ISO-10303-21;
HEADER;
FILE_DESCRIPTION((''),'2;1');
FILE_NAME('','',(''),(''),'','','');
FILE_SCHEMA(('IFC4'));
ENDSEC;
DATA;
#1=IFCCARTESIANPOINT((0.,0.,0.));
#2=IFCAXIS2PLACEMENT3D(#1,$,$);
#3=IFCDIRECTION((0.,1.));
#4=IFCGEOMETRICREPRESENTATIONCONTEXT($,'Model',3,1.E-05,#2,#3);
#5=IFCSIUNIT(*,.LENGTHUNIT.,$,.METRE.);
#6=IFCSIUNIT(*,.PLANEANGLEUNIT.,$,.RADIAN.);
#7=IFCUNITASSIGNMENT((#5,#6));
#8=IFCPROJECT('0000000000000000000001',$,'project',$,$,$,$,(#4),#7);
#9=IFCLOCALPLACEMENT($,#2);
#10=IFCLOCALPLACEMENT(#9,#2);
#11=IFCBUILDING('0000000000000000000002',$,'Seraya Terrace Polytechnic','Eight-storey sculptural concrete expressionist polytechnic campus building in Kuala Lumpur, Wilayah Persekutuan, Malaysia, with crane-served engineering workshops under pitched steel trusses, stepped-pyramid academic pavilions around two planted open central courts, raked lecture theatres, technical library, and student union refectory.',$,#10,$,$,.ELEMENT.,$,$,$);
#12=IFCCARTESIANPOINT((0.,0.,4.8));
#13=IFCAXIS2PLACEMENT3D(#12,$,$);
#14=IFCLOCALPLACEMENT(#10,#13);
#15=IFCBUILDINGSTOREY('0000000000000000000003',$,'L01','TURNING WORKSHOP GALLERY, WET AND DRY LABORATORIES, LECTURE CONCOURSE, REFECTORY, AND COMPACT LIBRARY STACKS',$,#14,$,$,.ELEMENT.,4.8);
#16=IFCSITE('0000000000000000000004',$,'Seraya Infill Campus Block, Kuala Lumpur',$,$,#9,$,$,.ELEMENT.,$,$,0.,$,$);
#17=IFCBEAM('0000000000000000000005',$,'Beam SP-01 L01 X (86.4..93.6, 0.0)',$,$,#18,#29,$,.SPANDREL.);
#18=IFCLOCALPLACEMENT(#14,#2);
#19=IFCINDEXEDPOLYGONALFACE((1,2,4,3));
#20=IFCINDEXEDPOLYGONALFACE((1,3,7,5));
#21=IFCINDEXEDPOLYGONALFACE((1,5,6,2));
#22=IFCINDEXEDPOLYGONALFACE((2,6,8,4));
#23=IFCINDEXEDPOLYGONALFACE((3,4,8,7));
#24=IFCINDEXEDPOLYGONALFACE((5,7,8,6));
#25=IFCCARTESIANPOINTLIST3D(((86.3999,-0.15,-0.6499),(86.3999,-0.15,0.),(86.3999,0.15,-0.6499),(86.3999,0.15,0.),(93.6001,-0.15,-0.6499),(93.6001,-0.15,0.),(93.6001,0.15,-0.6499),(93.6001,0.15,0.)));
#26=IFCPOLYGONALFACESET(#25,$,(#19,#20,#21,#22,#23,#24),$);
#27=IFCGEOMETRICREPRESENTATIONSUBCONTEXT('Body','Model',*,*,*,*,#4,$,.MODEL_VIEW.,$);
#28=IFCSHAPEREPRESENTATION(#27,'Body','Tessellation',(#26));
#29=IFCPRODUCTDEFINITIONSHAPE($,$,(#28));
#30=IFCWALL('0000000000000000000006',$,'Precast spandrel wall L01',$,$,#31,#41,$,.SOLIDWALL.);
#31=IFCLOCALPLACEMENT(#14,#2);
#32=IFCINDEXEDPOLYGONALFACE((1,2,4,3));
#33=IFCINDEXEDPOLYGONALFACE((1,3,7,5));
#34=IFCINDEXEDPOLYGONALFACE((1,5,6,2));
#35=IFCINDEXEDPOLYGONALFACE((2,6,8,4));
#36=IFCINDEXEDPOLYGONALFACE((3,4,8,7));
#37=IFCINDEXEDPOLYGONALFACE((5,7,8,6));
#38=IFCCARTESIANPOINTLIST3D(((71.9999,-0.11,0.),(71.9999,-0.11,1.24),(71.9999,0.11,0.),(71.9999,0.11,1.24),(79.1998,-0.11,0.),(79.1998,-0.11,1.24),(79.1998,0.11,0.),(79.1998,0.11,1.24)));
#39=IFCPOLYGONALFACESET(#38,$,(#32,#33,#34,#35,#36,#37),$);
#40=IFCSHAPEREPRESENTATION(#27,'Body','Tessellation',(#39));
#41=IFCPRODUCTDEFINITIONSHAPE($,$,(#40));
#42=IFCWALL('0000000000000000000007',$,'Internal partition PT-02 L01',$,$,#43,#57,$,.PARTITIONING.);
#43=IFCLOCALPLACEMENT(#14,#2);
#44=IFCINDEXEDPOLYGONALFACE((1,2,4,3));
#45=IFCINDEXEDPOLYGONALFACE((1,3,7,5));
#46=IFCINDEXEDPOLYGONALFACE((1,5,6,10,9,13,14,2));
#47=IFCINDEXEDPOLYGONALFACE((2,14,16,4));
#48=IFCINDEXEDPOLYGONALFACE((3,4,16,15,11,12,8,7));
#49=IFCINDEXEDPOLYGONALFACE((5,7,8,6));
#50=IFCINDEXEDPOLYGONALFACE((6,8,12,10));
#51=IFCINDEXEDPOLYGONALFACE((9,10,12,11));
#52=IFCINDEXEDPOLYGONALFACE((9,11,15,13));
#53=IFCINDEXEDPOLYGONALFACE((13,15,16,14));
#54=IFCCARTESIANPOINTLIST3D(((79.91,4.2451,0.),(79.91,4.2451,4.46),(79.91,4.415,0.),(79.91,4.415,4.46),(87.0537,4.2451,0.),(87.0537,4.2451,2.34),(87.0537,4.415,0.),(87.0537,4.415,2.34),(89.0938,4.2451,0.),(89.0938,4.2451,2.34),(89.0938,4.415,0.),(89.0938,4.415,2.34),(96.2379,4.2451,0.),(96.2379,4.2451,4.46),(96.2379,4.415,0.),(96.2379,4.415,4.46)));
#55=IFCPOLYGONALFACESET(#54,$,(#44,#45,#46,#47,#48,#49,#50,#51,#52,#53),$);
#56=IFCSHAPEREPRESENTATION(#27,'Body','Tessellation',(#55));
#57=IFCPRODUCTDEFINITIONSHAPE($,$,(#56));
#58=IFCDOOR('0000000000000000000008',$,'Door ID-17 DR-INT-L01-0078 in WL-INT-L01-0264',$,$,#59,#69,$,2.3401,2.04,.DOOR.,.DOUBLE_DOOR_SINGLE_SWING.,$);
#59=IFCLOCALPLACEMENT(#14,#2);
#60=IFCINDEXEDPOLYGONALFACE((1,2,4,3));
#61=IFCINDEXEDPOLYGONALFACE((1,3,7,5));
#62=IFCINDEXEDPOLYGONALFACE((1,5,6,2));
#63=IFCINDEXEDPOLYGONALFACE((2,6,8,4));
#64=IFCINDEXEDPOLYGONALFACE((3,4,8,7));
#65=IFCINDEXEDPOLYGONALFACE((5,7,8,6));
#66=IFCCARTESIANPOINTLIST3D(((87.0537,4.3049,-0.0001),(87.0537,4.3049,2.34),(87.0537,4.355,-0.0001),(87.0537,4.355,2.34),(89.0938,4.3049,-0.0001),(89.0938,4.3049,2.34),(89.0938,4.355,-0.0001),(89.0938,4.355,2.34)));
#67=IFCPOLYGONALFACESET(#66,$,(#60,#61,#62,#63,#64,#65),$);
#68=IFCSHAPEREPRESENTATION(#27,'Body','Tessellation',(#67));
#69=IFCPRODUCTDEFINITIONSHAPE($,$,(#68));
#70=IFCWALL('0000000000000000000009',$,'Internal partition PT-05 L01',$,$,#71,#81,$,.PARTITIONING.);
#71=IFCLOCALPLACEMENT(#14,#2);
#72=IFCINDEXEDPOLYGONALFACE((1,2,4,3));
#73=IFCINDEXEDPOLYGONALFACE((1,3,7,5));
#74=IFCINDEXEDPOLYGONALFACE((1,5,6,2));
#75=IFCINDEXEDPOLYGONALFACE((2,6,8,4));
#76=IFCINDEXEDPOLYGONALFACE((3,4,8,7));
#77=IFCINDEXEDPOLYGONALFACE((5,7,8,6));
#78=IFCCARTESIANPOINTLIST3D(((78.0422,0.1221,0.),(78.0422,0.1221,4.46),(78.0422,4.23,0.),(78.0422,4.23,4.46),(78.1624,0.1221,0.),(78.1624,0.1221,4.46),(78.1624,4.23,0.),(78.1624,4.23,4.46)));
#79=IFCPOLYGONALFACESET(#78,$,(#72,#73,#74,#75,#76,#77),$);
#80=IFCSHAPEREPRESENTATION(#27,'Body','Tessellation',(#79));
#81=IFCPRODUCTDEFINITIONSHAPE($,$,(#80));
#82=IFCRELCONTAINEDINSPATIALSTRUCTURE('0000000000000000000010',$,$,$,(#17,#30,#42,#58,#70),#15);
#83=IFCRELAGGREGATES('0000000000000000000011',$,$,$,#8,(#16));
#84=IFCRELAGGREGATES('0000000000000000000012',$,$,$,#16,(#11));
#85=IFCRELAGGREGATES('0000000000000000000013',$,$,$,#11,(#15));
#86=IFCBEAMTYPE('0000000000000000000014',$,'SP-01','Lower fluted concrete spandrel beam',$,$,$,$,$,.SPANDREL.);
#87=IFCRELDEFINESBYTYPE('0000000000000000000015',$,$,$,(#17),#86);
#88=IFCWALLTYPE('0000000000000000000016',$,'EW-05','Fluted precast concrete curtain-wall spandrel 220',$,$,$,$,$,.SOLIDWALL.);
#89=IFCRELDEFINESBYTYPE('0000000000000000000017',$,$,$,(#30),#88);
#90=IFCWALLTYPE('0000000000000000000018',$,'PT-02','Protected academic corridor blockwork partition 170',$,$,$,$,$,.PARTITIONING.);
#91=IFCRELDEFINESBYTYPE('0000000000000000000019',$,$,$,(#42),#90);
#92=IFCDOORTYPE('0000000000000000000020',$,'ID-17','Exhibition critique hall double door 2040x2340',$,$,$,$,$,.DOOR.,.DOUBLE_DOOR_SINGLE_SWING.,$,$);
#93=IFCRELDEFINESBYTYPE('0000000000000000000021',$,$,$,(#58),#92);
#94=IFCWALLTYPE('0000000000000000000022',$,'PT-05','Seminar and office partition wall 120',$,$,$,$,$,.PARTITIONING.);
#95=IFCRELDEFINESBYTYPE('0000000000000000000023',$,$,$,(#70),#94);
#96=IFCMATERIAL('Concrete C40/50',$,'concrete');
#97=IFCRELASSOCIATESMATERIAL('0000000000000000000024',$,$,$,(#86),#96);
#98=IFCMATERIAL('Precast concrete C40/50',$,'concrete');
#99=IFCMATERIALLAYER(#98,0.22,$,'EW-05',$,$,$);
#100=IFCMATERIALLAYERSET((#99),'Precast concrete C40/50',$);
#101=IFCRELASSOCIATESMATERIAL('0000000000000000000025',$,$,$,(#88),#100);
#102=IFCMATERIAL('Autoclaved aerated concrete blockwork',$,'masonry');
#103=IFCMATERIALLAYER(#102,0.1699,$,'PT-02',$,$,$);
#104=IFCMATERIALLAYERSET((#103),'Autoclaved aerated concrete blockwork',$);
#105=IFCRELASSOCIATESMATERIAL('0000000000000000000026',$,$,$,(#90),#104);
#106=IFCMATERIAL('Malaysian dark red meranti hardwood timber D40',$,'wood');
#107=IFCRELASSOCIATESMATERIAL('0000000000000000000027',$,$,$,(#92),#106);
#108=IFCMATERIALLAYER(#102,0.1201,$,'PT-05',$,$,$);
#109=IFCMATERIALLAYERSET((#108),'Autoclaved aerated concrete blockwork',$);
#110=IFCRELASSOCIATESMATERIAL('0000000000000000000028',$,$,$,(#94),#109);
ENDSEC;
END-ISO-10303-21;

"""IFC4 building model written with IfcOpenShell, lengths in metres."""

from ifc_helpers import new_model, si_unit, direction, frame, frame_2d, origin, origin_2d, place, context, subcontext, project, spatial, rectangle, extrude, material, layer, layer_set, material_profile, profile_set, type_object, element, fill, save


model = new_model("IFC4")

# Units and contexts
model_context = context("Model", 3, precision=1e-05, world=origin(), true_north=direction((0.0, 1.0)))
body_context = subcontext(model_context, "Body", "Model", "MODEL_VIEW")
ifc_project = project(units=[si_unit("LENGTHUNIT", "METRE"), si_unit("PLANEANGLEUNIT", "RADIAN")], contexts=[model_context])

# Site, building, storey
site_placement = place(None, origin())
site = spatial("IfcSite", under=ifc_project, at=site_placement, Name="Seraya Infill Campus Block, Kuala Lumpur", CompositionType="ELEMENT", RefElevation=0.0)
building_placement = place(site_placement, origin())
building = spatial("IfcBuilding", under=site, at=building_placement, Name="Seraya Terrace Polytechnic", Description="Eight-storey sculptural concrete expressionist polytechnic campus building in Kuala Lumpur, Wilayah Persekutuan, Malaysia, with crane-served engineering workshops under pitched steel trusses, stepped-pyramid academic pavilions around two planted open central courts, raked lecture theatres, technical library, and student union refectory.", CompositionType="ELEMENT")
storey_placement = place(building_placement, frame((0.0, 0.0, 4.8)))
storey = spatial("IfcBuildingStorey", under=building, at=storey_placement, Name="L01", Description="TURNING WORKSHOP GALLERY, WET AND DRY LABORATORIES, LECTURE CONCOURSE, REFECTORY, AND COMPACT LIBRARY STACKS", CompositionType="ELEMENT", Elevation=4.8)

# Shared definitions
ifc_material_1 = material(Name="Concrete C40/50", Category="concrete")

# Beam
ifc_material_profile_1 = material_profile(ifc_material_1, rectangle(XDim=0.3, YDim=0.6499, at=origin_2d()), Name="RC 300x650")
ifc_profile_set_1 = profile_set([ifc_material_profile_1], Name="Concrete C40/50")
beam_type_1 = type_object("IfcBeamType", Name="SP-01", Description="Lower fluted concrete spandrel beam", PredefinedType="SPANDREL", material=ifc_profile_set_1)
beam_1_placement = place(storey_placement, frame((86.3999, 0.0, -0.325), z_axis=(1.0, 0.0, 0.0), x_axis=(0.0, 1.0, 0.0)))
element("IfcBeam", 1, at=beam_1_placement, inside=storey, type_object=beam_type_1, Name="Beam SP-01 L01 X (86.4..93.6, 0.0)", PredefinedType="SPANDREL", context=body_context, shape_type="SweptSolid", body=[
    extrude(rectangle(XDim=0.3, YDim=0.6499, at=origin_2d()), origin(), (0.0, 0.0, 1.0), 7.2002),
])

# Wall
ifc_material_2 = material(Name="Precast concrete C40/50", Category="concrete")
ifc_layer_1 = layer(ifc_material_2, 0.22, Name="EW-05")
ifc_layer_set_1 = layer_set([ifc_layer_1], Name="Precast concrete C40/50")
wall_type_1 = type_object("IfcWallType", Name="EW-05", Description="Fluted precast concrete curtain-wall spandrel 220", PredefinedType="SOLIDWALL", material=ifc_layer_set_1)
wall_1_placement = place(storey_placement, frame((79.2, 0.0, 0.0), z_axis=(0.0, 0.0, 1.0), x_axis=(-1.0, 0.0, 0.0)))
element("IfcWall", 2, at=wall_1_placement, inside=storey, type_object=wall_type_1, Name="Precast spandrel wall L01", PredefinedType="SOLIDWALL", context=body_context, shape_type="SweptSolid", body=[
    extrude(rectangle(XDim=7.2, YDim=0.22, at=frame_2d((3.6001, 0.0))), origin(), (0.0, 0.0, 1.0), 1.24),
])

# Wall, opening, door
ifc_material_3 = material(Name="Autoclaved aerated concrete blockwork", Category="masonry")
ifc_layer_2 = layer(ifc_material_3, 0.1699, Name="PT-02")
ifc_layer_set_2 = layer_set([ifc_layer_2], Name="Autoclaved aerated concrete blockwork")
wall_type_2 = type_object("IfcWallType", Name="PT-02", Description="Protected academic corridor blockwork partition 170", PredefinedType="PARTITIONING", material=ifc_layer_set_2)
wall_2_placement = place(storey_placement, frame((79.9099, 4.3301, 0.0), z_axis=(0.0, 0.0, 1.0), x_axis=(1.0, 0.0, 0.0)))
wall_2 = element("IfcWall", 3, at=wall_2_placement, inside=storey, type_object=wall_type_2, Name="Internal partition PT-02 L01", PredefinedType="PARTITIONING", context=body_context, shape_type="SweptSolid", body=[
    extrude(rectangle(XDim=16.3279, YDim=0.1699, at=frame_2d((8.1641, 0.0))), origin(), (0.0, 0.0, 1.0), 4.46),
])
opening_placement = place(wall_2_placement, frame((7.1438, 0.0, 0.0)))
opening = element("IfcOpeningElement", 4, at=opening_placement, cuts=wall_2, PredefinedType="OPENING", context=body_context, shape_type="SweptSolid", body=[
    extrude(rectangle(XDim=2.04, YDim=2.3401, at=frame_2d((1.02, 1.1699))), frame((0.0, 0.0969, 0.0), z_axis=(0.0, -1.0, 0.0), x_axis=(1.0, 0.0, 0.0)), (0.0, 0.0, 1.0), 0.1938),
])
ifc_material_4 = material(Name="Malaysian dark red meranti hardwood timber D40", Category="wood")
door_type = type_object("IfcDoorType", Name="ID-17", Description="Exhibition critique hall double door 2040x2340", OperationType="DOUBLE_DOOR_SINGLE_SWING", PredefinedType="DOOR", material=ifc_material_4)
door_placement = place(opening_placement, origin())
door = element("IfcDoor", 5, at=door_placement, inside=storey, type_object=door_type, Name="Door ID-17 DR-INT-L01-0078 in WL-INT-L01-0264", OperationType="DOUBLE_DOOR_SINGLE_SWING", OverallHeight=2.3401, OverallWidth=2.04, PredefinedType="DOOR", context=body_context, shape_type="SweptSolid", body=[
    extrude(rectangle(XDim=2.04, YDim=2.3401, at=frame_2d((1.02, 1.1699))), frame((0.0, 0.0249, 0.0), z_axis=(0.0, -1.0, 0.0), x_axis=(1.0, 0.0, 0.0)), (0.0, 0.0, 1.0), 0.05),
])
fill(opening, door)

# Wall
ifc_layer_3 = layer(ifc_material_3, 0.1201, Name="PT-05")
ifc_layer_set_3 = layer_set([ifc_layer_3], Name="Autoclaved aerated concrete blockwork")
wall_type_3 = type_object("IfcWallType", Name="PT-05", Description="Seminar and office partition wall 120", PredefinedType="PARTITIONING", material=ifc_layer_set_3)
wall_3_placement = place(storey_placement, frame((78.1023, 0.1221, 0.0), z_axis=(0.0, 0.0, 1.0), x_axis=(0.0, 1.0, 0.0)))
element("IfcWall", 6, at=wall_3_placement, inside=storey, type_object=wall_type_3, Name="Internal partition PT-05 L01", PredefinedType="PARTITIONING", context=body_context, shape_type="SweptSolid", body=[
    extrude(rectangle(XDim=4.1079, YDim=0.1201, at=frame_2d((2.054, 0.0))), origin(), (0.0, 0.0, 1.0), 4.46),
])

save(model, "model.ifc")
